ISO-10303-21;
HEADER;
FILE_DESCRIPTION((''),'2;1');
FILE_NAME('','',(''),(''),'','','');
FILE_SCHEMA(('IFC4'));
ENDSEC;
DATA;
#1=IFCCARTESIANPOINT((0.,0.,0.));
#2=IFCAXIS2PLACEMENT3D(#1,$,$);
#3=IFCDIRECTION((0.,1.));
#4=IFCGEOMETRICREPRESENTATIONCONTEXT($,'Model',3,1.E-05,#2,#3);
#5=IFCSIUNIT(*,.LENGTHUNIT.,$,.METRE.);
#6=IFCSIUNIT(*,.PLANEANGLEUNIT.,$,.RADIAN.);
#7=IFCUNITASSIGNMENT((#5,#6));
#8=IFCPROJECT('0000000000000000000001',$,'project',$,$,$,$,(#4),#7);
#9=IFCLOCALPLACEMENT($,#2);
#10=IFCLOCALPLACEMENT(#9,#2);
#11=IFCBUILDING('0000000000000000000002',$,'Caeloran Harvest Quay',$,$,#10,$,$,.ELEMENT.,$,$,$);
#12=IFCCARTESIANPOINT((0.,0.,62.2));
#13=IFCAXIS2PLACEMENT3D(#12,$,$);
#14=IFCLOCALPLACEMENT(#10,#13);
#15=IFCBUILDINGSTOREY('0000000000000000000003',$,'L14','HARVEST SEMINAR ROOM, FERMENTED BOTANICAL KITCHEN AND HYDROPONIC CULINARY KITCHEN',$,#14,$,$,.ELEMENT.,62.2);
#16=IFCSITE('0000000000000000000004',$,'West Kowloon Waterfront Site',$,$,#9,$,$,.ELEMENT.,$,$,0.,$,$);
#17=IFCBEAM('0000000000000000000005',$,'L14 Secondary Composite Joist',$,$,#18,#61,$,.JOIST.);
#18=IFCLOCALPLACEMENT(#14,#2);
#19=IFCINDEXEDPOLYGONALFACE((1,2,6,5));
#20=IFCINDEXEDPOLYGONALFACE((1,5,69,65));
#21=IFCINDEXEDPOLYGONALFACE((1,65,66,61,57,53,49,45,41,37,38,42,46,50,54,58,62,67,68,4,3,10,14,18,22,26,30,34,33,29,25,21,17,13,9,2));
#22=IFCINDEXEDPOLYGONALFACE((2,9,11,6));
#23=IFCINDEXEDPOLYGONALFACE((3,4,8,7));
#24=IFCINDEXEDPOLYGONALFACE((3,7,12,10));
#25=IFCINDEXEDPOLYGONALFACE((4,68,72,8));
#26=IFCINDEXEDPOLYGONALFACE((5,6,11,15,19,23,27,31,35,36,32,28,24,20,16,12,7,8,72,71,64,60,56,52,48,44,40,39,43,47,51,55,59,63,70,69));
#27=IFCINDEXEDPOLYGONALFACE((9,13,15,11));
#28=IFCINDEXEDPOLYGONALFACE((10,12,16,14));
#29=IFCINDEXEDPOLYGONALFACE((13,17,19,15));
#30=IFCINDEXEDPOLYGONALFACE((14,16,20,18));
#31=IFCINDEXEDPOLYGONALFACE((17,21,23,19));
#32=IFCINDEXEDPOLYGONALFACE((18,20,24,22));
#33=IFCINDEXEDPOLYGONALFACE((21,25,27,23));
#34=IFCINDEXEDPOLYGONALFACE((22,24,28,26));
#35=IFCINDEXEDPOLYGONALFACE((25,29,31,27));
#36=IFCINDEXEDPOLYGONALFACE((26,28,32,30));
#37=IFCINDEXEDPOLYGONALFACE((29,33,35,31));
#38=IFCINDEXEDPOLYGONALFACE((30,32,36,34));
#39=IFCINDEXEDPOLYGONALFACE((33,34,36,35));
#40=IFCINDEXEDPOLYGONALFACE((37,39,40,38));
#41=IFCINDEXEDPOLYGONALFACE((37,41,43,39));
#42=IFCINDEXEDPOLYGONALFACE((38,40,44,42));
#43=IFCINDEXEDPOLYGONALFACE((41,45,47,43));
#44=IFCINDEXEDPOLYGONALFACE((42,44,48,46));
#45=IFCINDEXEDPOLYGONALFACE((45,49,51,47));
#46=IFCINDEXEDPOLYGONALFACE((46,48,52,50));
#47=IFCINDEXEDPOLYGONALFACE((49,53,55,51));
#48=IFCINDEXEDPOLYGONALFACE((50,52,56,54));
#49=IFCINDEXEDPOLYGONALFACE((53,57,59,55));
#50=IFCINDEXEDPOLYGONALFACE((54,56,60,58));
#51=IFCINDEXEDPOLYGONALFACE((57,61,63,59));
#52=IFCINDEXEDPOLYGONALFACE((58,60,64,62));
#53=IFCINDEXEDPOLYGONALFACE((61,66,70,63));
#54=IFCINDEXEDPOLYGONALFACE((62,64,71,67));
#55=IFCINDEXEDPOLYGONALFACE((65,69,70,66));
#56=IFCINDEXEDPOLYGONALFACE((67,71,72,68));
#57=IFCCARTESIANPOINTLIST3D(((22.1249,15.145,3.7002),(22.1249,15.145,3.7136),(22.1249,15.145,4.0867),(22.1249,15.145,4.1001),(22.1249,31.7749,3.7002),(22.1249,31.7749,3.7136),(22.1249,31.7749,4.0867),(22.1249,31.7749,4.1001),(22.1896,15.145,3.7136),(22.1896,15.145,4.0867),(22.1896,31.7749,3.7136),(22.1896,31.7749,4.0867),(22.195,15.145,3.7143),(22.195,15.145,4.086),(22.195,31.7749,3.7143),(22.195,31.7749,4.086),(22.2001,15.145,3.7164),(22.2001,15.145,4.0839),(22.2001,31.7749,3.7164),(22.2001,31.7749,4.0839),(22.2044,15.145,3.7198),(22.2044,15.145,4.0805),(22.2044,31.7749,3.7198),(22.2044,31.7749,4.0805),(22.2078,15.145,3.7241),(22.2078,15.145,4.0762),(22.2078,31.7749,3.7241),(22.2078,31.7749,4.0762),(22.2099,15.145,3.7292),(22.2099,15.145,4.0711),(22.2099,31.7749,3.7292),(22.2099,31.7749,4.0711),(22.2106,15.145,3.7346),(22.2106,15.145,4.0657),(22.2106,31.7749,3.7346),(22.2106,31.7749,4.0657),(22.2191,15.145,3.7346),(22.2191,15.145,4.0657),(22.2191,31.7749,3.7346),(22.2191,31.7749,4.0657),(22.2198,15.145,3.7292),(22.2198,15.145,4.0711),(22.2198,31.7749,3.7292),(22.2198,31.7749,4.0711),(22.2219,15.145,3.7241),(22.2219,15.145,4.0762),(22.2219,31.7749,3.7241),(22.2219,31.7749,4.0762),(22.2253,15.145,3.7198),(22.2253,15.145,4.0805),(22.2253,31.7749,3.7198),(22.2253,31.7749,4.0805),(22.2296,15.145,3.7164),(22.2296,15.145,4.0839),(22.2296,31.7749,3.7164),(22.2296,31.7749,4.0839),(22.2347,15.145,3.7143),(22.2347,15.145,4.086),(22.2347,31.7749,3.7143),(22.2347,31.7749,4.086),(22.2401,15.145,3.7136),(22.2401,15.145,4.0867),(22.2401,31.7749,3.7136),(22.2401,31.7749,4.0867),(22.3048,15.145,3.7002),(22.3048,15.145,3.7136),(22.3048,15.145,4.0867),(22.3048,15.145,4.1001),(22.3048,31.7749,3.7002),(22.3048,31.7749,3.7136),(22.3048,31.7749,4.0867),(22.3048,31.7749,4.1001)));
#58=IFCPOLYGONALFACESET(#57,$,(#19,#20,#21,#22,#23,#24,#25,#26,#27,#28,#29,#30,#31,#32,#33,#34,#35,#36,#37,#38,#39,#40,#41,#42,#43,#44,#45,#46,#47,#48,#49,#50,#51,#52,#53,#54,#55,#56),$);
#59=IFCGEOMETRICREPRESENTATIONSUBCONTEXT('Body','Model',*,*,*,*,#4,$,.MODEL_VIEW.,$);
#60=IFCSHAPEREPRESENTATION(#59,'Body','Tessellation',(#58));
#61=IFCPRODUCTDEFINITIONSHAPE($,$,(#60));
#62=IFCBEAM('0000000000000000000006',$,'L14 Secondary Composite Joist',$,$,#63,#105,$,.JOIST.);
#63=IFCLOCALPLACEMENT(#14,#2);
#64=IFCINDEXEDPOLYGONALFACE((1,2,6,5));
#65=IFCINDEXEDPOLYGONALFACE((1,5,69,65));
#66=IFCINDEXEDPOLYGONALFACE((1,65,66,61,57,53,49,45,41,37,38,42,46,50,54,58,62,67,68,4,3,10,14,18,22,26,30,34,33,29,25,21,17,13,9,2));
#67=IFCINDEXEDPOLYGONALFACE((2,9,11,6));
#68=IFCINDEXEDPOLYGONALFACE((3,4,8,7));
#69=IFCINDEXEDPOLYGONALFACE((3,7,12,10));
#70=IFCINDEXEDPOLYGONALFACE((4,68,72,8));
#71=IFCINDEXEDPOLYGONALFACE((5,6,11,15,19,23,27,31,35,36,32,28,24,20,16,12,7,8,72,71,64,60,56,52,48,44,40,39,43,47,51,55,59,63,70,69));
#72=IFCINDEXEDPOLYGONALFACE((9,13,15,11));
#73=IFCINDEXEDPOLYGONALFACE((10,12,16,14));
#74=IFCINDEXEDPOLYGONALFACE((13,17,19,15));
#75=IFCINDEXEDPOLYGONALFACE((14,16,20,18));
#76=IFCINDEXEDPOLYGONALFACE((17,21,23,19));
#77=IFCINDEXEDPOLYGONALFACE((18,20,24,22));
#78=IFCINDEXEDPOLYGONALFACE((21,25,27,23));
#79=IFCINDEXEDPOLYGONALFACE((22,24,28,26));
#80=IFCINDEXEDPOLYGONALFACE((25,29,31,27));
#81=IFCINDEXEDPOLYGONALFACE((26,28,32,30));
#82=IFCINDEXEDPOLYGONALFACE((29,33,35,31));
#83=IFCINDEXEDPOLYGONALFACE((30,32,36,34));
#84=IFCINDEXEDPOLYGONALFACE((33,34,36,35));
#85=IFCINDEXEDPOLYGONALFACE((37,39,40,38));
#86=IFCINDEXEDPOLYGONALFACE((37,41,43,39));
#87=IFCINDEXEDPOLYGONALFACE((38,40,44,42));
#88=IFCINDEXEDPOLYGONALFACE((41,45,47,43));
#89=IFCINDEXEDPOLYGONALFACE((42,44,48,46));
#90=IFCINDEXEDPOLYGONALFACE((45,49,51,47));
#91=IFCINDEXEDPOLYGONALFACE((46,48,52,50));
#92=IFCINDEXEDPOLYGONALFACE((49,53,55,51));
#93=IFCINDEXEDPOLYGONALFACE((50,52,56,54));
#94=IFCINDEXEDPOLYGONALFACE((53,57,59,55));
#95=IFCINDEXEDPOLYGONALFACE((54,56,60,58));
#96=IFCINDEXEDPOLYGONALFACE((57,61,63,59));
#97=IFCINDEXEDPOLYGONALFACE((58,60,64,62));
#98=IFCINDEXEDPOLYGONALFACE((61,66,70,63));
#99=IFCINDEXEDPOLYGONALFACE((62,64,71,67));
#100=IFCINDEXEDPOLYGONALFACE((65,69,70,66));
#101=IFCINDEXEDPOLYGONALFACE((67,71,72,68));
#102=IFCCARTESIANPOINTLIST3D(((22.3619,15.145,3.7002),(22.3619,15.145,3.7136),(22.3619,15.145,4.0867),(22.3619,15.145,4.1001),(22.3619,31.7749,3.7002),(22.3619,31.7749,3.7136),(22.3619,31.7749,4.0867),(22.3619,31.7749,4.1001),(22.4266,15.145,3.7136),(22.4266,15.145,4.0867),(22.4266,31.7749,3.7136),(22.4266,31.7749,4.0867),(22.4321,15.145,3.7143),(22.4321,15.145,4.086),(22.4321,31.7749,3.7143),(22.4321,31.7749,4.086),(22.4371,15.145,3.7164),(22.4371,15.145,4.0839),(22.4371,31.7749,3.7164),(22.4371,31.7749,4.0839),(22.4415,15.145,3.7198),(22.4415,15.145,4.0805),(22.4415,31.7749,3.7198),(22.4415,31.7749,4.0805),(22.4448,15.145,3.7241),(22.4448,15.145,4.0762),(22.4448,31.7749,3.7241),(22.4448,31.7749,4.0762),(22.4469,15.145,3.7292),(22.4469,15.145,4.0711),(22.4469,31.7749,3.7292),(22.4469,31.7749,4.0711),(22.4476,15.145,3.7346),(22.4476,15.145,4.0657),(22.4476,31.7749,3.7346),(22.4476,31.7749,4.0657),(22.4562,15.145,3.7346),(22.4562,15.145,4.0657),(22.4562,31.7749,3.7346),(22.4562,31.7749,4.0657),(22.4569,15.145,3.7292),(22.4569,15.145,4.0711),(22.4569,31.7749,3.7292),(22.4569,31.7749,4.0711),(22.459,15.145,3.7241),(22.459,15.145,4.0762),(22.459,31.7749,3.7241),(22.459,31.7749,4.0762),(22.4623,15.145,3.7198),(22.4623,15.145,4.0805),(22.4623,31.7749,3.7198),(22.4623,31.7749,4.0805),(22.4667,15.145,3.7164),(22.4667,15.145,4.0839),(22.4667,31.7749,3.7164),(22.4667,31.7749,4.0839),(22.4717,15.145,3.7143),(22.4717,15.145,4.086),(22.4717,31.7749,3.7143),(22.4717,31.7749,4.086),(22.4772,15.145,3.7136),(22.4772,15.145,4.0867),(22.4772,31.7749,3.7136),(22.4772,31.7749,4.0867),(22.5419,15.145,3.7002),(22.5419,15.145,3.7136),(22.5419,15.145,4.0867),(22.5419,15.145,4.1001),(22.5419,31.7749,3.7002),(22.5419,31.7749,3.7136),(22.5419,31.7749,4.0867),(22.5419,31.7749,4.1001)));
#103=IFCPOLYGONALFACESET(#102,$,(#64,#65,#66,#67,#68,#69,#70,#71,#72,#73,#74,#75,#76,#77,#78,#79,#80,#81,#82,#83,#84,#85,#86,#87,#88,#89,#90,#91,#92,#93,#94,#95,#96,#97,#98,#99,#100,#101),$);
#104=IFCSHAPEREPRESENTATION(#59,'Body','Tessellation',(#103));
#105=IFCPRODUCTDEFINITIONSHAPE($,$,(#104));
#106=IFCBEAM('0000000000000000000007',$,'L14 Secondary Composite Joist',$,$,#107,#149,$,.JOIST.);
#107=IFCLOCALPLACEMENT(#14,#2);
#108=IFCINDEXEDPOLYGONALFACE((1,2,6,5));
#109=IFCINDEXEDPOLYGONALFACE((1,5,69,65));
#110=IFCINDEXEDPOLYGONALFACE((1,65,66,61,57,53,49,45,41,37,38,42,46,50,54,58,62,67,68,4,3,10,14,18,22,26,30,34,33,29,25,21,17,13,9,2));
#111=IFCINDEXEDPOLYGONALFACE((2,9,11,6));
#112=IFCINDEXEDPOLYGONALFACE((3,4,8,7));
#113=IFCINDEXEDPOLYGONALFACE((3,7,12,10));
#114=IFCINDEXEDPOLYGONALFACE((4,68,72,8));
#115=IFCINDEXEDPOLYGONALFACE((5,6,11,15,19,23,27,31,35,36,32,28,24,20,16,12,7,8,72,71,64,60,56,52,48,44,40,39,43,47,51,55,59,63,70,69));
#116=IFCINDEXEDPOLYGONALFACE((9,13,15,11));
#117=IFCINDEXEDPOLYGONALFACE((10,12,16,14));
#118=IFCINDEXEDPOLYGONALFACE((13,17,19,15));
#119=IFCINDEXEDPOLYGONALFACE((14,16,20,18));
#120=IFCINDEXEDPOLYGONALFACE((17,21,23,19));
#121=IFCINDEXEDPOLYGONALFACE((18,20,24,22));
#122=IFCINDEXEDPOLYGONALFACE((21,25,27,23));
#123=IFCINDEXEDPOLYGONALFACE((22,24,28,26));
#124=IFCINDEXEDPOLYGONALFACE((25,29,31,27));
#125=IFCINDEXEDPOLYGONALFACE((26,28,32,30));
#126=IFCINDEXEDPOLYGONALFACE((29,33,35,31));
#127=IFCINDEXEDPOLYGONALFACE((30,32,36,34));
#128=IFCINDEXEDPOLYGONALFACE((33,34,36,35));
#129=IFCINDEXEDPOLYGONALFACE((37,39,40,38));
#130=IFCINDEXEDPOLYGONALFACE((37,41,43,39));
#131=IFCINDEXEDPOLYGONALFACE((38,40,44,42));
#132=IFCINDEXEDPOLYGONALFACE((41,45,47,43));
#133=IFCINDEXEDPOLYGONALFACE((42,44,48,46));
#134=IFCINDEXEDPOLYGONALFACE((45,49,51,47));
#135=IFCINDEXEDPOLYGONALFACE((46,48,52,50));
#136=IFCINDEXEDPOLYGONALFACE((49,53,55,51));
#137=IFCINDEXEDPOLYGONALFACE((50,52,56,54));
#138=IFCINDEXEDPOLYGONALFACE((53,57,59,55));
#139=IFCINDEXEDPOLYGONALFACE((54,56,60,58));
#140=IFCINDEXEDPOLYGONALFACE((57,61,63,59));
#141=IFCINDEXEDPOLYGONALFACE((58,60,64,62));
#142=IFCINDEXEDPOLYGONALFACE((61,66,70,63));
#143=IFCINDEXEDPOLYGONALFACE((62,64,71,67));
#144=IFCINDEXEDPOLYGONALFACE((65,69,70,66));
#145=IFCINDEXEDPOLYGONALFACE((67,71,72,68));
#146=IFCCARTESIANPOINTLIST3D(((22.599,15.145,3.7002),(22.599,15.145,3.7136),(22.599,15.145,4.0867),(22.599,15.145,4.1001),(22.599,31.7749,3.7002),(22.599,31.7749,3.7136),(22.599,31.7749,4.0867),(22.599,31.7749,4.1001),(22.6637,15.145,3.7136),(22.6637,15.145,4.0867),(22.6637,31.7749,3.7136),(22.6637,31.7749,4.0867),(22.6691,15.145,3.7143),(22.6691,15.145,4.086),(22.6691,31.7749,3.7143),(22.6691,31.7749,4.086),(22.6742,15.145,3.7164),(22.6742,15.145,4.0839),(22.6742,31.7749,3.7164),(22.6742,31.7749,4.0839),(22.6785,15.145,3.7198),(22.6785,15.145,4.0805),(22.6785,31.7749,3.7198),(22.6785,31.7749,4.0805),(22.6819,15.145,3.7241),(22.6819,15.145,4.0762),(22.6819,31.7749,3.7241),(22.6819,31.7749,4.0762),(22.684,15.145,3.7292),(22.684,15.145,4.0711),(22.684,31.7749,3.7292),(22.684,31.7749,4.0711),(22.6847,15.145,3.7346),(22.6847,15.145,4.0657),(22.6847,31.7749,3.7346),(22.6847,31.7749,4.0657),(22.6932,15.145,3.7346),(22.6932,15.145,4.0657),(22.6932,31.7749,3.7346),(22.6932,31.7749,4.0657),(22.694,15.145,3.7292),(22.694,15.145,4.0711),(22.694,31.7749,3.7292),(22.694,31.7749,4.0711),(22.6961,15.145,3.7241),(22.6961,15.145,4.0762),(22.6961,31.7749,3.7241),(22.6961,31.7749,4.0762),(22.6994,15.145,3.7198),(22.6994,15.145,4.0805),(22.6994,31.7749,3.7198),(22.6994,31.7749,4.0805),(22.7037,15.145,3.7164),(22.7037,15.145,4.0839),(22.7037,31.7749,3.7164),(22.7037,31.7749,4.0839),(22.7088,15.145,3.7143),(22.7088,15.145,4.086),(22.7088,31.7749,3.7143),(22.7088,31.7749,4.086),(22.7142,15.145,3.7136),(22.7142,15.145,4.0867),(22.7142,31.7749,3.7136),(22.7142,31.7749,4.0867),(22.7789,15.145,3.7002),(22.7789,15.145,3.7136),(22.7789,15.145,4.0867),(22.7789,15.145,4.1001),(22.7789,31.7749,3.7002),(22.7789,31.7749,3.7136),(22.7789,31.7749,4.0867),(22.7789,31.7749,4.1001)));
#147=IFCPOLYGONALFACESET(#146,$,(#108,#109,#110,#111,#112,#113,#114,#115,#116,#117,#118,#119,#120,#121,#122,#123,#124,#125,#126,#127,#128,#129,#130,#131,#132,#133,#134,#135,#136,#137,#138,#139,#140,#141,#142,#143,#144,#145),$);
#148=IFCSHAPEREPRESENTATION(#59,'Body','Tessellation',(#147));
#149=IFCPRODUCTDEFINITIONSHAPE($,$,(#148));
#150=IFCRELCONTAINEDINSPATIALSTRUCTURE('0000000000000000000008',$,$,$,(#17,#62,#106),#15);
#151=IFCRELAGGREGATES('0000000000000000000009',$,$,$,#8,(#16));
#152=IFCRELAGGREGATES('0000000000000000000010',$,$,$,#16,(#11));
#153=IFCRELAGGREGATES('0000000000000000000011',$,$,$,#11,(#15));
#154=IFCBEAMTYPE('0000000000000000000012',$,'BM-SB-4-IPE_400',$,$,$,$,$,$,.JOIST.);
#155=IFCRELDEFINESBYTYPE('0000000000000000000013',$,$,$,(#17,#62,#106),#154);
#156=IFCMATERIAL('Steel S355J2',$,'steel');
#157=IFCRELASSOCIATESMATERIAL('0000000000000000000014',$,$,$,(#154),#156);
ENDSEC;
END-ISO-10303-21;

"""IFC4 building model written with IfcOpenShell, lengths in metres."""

from ifc_helpers import new_model, si_unit, direction, frame, origin, origin_2d, place, context, subcontext, project, spatial, i_section, extrude, material, material_profile, profile_set, type_object, element, save


model = new_model("IFC4")

# Units and contexts
model_context = context("Model", 3, precision=1e-05, world=origin(), true_north=direction((0.0, 1.0)))
body_context = subcontext(model_context, "Body", "Model", "MODEL_VIEW")
ifc_project = project(units=[si_unit("LENGTHUNIT", "METRE"), si_unit("PLANEANGLEUNIT", "RADIAN")], contexts=[model_context])

# Site, building, storey
site_placement = place(None, origin())
site = spatial("IfcSite", under=ifc_project, at=site_placement, Name="West Kowloon Waterfront Site", CompositionType="ELEMENT", RefElevation=0.0)
building_placement = place(site_placement, origin())
building = spatial("IfcBuilding", under=site, at=building_placement, Name="Caeloran Harvest Quay", CompositionType="ELEMENT")
storey_placement = place(building_placement, frame((0.0, 0.0, 62.2)))
storey = spatial("IfcBuildingStorey", under=building, at=storey_placement, Name="L14", Description="HARVEST SEMINAR ROOM, FERMENTED BOTANICAL KITCHEN AND HYDROPONIC CULINARY KITCHEN", CompositionType="ELEMENT", Elevation=62.2)

# Beams
ifc_material_1 = material(Name="Steel S355J2", Category="steel")
ifc_material_profile_1 = material_profile(ifc_material_1, i_section(OverallWidth=0.1799, OverallDepth=0.3999, WebThickness=0.0085, FlangeThickness=0.0134, FilletRadius=0.021, at=origin_2d()), Name="IPE 400")
ifc_profile_set_1 = profile_set([ifc_material_profile_1], Name="Steel S355J2")
beam_type_1 = type_object("IfcBeamType", Name="BM-SB-4-IPE_400", PredefinedType="JOIST", material=ifc_profile_set_1)
for number, where, z_axis, x_axis, name in (
    (1, (22.2148, 15.145, 3.9001), (0.0, 1.0, 0.0), (-1.0, 0.0, 0.0), "L14 Secondary Composite Joist"),
    (2, (22.4519, 15.145, 3.9001), (0.0, 1.0, 0.0), (-1.0, 0.0, 0.0), "L14 Secondary Composite Joist"),
    (3, (22.689, 15.145, 3.9001), (0.0, 1.0, 0.0), (-1.0, 0.0, 0.0), "L14 Secondary Composite Joist"),
):
    element("IfcBeam", number, at=place(storey_placement, frame(where, z_axis=z_axis, x_axis=x_axis)), inside=storey, type_object=beam_type_1, Name=name, PredefinedType="JOIST", context=body_context, shape_type="SweptSolid", body=[
        extrude(i_section(OverallWidth=0.1799, OverallDepth=0.3999, WebThickness=0.0085, FlangeThickness=0.0134, FilletRadius=0.021, at=origin_2d()), origin(), (0.0, 0.0, 1.0), 16.6299),
    ])

save(model, "model.ifc")
